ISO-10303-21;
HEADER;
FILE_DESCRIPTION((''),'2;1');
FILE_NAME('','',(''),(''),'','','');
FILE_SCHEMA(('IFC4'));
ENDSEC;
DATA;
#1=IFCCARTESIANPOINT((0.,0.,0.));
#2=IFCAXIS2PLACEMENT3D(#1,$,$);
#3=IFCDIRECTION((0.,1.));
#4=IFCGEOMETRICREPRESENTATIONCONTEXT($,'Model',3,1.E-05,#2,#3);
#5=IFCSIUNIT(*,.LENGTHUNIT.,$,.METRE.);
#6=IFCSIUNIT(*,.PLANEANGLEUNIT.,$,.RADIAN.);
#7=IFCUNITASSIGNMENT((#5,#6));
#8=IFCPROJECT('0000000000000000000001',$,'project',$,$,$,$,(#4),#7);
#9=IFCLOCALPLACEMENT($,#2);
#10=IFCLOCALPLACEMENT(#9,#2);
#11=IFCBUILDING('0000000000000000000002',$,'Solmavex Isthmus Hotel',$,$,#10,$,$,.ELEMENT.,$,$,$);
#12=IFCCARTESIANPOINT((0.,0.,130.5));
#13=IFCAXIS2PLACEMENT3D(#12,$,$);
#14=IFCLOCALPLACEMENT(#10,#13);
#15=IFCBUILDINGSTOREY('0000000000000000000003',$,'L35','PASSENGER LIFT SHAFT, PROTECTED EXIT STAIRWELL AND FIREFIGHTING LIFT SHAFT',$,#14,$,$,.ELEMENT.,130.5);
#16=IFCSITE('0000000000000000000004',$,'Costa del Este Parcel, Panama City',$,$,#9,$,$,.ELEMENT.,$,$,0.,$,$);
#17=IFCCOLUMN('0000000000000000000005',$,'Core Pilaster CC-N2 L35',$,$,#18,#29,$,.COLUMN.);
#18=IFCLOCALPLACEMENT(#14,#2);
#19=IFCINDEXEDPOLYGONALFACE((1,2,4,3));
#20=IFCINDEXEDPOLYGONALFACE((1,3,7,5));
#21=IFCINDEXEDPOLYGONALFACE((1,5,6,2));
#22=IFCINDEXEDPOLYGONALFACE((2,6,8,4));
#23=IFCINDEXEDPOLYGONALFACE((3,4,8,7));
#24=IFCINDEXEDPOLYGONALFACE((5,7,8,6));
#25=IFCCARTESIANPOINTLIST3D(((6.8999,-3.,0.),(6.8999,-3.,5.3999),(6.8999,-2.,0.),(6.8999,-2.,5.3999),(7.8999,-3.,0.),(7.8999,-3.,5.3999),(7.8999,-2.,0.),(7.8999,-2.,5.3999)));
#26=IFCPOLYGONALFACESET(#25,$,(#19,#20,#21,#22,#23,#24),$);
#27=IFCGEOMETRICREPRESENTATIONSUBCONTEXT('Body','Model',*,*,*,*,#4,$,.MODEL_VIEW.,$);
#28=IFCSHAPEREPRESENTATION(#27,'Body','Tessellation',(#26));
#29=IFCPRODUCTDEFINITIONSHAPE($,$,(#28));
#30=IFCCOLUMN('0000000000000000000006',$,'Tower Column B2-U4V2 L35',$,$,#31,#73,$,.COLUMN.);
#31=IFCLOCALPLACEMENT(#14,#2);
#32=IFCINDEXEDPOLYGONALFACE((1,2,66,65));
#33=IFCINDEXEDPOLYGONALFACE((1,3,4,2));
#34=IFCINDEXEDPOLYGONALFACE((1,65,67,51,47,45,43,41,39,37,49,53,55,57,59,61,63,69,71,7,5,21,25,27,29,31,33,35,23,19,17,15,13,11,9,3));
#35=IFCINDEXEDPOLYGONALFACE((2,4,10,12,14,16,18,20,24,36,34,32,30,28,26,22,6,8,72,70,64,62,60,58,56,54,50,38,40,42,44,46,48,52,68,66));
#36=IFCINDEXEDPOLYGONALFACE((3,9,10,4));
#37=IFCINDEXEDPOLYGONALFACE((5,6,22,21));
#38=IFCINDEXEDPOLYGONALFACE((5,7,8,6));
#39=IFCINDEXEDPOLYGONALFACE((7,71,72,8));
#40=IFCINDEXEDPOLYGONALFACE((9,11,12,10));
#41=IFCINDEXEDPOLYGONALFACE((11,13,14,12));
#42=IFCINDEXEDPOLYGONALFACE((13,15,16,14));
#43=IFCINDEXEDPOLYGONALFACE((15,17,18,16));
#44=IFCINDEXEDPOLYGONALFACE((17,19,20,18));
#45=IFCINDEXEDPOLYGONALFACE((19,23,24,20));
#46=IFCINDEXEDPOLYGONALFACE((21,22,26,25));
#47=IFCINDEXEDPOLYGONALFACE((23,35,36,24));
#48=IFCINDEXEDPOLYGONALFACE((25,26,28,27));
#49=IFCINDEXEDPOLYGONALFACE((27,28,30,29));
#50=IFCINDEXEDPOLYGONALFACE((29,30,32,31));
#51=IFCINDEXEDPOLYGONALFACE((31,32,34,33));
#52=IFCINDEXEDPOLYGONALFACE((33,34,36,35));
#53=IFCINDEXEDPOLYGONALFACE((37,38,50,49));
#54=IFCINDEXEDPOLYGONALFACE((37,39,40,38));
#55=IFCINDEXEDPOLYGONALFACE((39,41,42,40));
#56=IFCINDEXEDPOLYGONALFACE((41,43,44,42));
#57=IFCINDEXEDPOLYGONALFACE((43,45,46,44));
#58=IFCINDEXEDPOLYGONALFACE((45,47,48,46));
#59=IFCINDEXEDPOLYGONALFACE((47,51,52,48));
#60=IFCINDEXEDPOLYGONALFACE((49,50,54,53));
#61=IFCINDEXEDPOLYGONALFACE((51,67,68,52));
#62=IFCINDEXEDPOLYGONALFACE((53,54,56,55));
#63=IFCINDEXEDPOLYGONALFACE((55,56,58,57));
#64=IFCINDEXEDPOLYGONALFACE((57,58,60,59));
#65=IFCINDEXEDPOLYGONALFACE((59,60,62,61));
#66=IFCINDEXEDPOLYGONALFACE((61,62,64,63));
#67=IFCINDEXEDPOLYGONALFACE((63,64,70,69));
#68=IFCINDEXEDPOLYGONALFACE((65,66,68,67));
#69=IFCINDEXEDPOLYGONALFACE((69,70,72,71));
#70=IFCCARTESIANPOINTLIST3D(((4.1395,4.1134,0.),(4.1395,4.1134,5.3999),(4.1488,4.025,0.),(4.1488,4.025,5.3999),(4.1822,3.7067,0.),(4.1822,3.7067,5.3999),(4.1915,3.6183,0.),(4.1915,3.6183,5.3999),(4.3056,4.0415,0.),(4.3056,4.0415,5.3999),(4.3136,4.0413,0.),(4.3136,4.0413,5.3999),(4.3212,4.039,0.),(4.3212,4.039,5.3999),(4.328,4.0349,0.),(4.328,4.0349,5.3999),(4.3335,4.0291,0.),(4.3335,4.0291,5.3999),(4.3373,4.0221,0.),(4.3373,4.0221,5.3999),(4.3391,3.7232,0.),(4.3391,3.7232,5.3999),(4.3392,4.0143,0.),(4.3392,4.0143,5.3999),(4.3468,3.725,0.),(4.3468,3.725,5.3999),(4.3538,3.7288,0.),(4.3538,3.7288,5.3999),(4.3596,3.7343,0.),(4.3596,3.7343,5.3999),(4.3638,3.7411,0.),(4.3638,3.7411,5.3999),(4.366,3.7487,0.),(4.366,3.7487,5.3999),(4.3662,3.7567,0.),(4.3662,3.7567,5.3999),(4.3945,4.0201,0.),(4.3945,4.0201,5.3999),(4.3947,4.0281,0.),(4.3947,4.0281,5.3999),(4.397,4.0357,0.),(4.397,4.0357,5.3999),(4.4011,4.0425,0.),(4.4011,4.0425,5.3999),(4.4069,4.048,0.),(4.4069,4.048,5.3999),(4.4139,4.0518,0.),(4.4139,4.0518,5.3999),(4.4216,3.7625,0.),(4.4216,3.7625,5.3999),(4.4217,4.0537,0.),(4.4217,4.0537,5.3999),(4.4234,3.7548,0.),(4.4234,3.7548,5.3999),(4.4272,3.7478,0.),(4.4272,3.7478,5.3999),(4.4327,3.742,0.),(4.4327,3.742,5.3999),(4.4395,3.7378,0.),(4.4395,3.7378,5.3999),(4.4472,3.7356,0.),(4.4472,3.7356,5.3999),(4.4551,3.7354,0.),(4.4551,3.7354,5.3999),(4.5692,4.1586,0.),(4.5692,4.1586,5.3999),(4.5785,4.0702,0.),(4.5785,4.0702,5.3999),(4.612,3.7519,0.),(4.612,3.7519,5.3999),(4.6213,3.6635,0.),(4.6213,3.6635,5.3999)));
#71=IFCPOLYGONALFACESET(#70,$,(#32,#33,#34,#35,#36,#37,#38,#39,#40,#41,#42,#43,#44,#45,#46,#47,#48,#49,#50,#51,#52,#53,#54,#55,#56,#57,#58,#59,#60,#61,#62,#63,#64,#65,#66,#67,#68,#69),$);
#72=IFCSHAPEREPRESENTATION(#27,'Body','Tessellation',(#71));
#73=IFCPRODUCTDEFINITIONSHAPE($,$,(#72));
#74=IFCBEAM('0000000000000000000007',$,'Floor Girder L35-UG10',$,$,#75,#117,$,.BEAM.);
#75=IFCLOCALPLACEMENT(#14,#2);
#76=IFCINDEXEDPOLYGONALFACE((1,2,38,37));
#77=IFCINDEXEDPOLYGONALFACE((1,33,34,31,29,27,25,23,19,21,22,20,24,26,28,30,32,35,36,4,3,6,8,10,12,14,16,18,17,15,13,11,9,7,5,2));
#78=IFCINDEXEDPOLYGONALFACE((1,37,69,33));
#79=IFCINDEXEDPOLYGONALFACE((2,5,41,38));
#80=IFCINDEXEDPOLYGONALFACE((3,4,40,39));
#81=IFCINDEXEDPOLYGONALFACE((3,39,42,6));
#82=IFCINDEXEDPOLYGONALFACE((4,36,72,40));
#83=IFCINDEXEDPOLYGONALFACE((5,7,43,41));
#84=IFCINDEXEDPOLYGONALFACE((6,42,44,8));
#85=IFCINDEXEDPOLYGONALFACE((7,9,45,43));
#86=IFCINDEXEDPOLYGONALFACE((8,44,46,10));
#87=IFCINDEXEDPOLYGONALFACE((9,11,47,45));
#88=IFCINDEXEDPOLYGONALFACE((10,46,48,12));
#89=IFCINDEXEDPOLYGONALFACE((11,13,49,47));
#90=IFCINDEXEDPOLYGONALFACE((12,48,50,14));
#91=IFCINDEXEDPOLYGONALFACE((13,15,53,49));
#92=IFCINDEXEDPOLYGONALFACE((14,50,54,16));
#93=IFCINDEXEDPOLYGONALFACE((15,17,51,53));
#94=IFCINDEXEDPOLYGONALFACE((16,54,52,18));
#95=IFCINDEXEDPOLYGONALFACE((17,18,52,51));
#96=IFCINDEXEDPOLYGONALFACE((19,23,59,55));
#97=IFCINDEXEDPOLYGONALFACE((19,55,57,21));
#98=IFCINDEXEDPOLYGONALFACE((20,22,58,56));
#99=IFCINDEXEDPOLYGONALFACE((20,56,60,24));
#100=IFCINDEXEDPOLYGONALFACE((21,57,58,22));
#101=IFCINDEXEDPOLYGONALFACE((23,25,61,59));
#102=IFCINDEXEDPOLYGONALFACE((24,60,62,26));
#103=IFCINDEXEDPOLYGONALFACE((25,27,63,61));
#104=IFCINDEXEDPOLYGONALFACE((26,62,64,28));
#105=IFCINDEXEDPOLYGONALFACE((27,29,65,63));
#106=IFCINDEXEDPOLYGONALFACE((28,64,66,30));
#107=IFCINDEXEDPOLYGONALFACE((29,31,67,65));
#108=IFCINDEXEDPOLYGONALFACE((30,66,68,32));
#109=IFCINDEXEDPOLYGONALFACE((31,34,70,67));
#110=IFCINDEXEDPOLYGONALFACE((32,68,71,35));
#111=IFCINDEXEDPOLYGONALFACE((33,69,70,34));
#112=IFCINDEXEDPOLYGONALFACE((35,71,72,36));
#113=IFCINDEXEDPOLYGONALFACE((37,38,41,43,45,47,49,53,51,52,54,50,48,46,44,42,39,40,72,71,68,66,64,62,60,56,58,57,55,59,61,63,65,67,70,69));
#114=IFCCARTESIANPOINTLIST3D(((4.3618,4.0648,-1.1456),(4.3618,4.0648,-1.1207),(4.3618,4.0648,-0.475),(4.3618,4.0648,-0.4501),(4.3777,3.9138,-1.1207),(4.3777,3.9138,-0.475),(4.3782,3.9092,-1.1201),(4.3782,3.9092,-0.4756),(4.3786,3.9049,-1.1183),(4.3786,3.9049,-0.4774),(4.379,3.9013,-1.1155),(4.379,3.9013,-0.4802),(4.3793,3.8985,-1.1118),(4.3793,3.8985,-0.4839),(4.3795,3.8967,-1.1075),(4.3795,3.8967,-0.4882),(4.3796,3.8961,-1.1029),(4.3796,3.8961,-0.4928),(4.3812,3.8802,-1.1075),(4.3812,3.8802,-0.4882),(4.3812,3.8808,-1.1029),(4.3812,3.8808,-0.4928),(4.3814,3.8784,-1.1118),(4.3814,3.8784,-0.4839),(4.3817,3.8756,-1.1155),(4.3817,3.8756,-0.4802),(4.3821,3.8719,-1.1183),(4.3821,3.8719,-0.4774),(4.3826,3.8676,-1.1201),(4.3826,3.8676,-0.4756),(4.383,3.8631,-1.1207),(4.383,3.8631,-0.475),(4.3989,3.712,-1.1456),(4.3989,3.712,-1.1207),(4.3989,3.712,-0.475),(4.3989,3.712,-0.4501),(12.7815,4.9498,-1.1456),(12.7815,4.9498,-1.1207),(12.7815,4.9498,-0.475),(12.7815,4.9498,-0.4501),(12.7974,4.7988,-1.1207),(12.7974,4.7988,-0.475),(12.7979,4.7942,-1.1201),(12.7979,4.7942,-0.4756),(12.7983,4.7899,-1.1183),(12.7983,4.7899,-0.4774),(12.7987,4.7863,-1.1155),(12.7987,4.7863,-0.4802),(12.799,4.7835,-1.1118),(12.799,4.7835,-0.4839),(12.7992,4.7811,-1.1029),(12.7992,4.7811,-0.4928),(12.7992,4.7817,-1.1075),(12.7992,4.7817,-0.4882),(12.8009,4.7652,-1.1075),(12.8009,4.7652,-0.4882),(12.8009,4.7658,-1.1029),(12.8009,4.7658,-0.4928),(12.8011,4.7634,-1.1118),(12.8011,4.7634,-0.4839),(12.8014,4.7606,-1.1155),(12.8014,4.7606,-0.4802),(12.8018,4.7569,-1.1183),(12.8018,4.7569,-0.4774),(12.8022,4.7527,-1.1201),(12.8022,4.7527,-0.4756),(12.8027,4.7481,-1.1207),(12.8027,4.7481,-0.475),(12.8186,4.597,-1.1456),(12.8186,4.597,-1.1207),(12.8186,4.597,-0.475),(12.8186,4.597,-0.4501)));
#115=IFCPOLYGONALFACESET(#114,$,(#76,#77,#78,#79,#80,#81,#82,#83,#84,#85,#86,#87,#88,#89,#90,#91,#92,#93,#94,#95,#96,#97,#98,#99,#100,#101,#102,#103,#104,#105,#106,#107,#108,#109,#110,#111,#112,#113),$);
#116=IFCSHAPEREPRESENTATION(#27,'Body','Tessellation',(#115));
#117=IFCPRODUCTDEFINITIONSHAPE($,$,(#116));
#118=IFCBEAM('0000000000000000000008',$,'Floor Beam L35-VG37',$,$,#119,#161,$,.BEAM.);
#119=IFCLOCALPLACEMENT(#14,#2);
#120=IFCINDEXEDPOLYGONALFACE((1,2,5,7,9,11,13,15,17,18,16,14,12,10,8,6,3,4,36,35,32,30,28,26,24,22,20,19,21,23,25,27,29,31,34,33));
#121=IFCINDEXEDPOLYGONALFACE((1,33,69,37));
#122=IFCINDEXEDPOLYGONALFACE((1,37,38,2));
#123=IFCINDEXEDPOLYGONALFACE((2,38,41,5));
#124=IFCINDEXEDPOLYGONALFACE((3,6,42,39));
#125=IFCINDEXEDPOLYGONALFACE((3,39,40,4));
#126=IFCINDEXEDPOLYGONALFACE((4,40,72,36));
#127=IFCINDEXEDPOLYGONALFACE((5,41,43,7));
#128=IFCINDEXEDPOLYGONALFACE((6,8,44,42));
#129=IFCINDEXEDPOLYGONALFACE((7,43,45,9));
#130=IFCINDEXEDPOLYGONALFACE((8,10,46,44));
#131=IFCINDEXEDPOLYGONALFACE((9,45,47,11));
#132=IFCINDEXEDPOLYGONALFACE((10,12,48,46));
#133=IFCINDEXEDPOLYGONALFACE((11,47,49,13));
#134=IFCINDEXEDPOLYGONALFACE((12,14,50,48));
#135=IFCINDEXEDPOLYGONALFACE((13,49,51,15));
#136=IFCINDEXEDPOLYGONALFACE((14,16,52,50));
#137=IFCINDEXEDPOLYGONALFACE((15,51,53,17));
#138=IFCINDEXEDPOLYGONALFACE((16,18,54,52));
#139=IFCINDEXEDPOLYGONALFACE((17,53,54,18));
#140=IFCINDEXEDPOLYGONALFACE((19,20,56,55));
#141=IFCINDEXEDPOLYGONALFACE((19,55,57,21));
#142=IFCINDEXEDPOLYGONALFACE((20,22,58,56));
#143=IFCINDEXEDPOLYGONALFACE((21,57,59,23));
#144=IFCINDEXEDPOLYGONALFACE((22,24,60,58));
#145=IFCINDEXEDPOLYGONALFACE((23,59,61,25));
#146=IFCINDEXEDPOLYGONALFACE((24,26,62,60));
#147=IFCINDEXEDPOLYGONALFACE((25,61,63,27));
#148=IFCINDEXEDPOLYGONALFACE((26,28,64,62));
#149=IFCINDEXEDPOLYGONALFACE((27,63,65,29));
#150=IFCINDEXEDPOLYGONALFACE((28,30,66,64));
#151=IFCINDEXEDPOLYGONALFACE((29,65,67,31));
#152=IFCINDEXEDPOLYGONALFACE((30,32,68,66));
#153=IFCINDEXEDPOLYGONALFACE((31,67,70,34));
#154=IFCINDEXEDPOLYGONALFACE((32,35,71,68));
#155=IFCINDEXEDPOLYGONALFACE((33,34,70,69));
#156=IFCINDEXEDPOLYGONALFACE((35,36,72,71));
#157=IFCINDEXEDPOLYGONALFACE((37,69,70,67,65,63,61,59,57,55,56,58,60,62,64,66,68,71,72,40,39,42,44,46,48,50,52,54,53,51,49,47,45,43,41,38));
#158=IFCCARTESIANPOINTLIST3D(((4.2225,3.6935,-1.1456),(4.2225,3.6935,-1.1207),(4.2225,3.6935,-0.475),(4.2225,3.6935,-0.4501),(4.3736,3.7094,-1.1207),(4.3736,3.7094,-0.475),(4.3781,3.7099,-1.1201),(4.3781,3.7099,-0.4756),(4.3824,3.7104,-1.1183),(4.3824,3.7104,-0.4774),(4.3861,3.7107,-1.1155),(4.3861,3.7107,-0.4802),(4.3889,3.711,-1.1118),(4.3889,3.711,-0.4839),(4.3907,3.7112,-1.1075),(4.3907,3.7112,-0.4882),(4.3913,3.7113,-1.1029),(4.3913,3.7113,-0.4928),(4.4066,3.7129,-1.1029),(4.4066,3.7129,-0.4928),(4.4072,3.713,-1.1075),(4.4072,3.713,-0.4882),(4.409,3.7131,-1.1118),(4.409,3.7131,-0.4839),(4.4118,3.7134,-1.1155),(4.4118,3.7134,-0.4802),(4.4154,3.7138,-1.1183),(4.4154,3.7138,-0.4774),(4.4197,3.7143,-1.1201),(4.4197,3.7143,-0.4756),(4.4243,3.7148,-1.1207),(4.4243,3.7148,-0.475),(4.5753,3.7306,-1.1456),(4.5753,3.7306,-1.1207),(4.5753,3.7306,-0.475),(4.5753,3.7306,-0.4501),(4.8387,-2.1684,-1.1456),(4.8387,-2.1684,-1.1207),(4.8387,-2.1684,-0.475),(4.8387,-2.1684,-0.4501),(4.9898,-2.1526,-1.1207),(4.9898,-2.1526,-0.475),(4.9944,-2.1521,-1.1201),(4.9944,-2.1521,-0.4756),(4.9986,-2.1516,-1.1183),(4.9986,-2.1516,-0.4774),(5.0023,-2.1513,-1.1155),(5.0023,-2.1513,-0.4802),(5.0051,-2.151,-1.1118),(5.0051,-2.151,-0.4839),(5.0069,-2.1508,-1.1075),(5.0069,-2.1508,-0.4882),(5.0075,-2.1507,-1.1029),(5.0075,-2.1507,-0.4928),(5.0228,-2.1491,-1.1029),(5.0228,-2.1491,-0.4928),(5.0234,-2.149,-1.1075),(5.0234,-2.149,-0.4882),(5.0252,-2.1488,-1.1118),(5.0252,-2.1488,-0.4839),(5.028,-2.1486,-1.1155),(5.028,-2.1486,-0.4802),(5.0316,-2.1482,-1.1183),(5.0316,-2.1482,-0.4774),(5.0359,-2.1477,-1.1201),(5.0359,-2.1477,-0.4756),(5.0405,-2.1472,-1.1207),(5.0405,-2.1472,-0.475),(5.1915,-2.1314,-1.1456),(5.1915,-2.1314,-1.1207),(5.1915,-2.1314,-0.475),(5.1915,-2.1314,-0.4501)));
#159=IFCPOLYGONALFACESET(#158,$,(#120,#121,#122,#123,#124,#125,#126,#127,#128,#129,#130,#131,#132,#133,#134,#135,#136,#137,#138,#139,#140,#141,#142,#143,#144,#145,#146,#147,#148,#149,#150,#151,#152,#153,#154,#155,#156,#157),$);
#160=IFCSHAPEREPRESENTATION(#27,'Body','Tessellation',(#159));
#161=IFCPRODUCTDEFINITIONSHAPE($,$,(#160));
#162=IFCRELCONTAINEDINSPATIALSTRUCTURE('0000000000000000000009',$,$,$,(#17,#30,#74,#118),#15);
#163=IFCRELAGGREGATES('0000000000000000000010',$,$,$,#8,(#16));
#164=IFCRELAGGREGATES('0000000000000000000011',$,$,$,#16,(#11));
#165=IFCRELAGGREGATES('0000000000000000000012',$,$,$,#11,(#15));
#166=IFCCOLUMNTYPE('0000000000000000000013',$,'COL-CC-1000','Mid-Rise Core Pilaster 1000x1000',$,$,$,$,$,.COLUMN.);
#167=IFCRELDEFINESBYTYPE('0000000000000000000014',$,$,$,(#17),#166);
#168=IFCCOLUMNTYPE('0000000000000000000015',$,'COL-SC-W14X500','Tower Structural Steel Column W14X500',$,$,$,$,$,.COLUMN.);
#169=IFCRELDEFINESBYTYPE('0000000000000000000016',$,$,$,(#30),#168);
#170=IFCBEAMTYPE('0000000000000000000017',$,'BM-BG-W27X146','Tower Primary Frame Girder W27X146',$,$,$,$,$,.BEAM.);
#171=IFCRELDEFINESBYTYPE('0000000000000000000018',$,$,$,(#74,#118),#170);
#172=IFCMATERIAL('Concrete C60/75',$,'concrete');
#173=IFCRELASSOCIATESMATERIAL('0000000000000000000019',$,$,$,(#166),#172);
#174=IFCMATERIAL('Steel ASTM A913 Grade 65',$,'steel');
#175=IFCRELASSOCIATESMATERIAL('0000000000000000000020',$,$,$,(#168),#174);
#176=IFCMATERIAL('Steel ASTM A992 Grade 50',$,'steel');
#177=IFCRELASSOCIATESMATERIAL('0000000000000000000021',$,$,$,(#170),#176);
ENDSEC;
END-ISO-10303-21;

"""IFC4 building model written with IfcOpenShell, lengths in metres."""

from ifc_helpers import new_model, si_unit, direction, frame, origin, origin_2d, place, context, subcontext, project, spatial, rectangle, i_section, extrude, material, material_profile, profile_set, type_object, element, save


model = new_model("IFC4")

# Units and contexts
model_context = context("Model", 3, precision=1e-05, world=origin(), true_north=direction((0.0, 1.0)))
body_context = subcontext(model_context, "Body", "Model", "MODEL_VIEW")
ifc_project = project(units=[si_unit("LENGTHUNIT", "METRE"), si_unit("PLANEANGLEUNIT", "RADIAN")], contexts=[model_context])

# Site, building, storey
site_placement = place(None, origin())
site = spatial("IfcSite", under=ifc_project, at=site_placement, Name="Costa del Este Parcel, Panama City", CompositionType="ELEMENT", RefElevation=0.0)
building_placement = place(site_placement, origin())
building = spatial("IfcBuilding", under=site, at=building_placement, Name="Solmavex Isthmus Hotel", CompositionType="ELEMENT")
storey_placement = place(building_placement, frame((0.0, 0.0, 130.5)))
storey = spatial("IfcBuildingStorey", under=building, at=storey_placement, Name="L35", Description="PASSENGER LIFT SHAFT, PROTECTED EXIT STAIRWELL AND FIREFIGHTING LIFT SHAFT", CompositionType="ELEMENT", Elevation=130.5)

# Columns
ifc_material_1 = material(Name="Concrete C60/75", Category="concrete")
ifc_material_profile_1 = material_profile(ifc_material_1, rectangle(XDim=1.0, YDim=1.0, at=origin_2d()), Name="RC1000X1000")
ifc_profile_set_1 = profile_set([ifc_material_profile_1], Name="Concrete C60/75")
column_type_1 = type_object("IfcColumnType", Name="COL-CC-1000", Description="Mid-Rise Core Pilaster 1000x1000", PredefinedType="COLUMN", material=ifc_profile_set_1)
column_1_placement = place(storey_placement, frame((7.3999, -2.5, 0.0), z_axis=(0.0, 0.0, 1.0), x_axis=(1.0, 0.0, 0.0)))
element("IfcColumn", 1, at=column_1_placement, inside=storey, type_object=column_type_1, Name="Core Pilaster CC-N2 L35", PredefinedType="COLUMN", context=body_context, shape_type="SweptSolid", body=[
    extrude(rectangle(XDim=1.0, YDim=1.0, at=origin_2d()), origin(), (0.0, 0.0, 1.0), 5.3999),
])
ifc_material_2 = material(Name="Steel ASTM A913 Grade 65", Category="steel")
ifc_material_profile_2 = material_profile(ifc_material_2, i_section(OverallWidth=0.4321, OverallDepth=0.4978, WebThickness=0.0557, FlangeThickness=0.0889, FilletRadius=0.0305, at=origin_2d()), Name="W14X500")
ifc_profile_set_2 = profile_set([ifc_material_profile_2], Name="Steel ASTM A913 Grade 65")
column_type_2 = type_object("IfcColumnType", Name="COL-SC-W14X500", Description="Tower Structural Steel Column W14X500", PredefinedType="COLUMN", material=ifc_profile_set_2)
column_2_placement = place(storey_placement, frame((4.3804, 3.8884, 0.0), z_axis=(0.0, 0.0, 1.0), x_axis=(0.994522, 0.104528, 0.0)))
element("IfcColumn", 2, at=column_2_placement, inside=storey, type_object=column_type_2, Name="Tower Column B2-U4V2 L35", PredefinedType="COLUMN", context=body_context, shape_type="SweptSolid", body=[
    extrude(i_section(OverallWidth=0.4321, OverallDepth=0.4978, WebThickness=0.0557, FlangeThickness=0.0889, FilletRadius=0.0305, at=origin_2d()), origin(), (0.0, 0.0, 1.0), 5.3999),
])

# Beams
ifc_material_3 = material(Name="Steel ASTM A992 Grade 50", Category="steel")
ifc_material_profile_3 = material_profile(ifc_material_3, i_section(OverallWidth=0.3547, OverallDepth=0.6956, WebThickness=0.0154, FlangeThickness=0.0249, FilletRadius=0.0178, at=origin_2d()), Name="W27X146")
ifc_profile_set_3 = profile_set([ifc_material_profile_3], Name="Steel ASTM A992 Grade 50")
beam_type_1 = type_object("IfcBeamType", Name="BM-BG-W27X146", Description="Tower Primary Frame Girder W27X146", PredefinedType="BEAM", material=ifc_profile_set_3)
beam_1_placement = place(storey_placement, frame((4.3804, 3.8884, -0.7979), z_axis=(0.994521, 0.104536, 0.0), x_axis=(-0.104536, 0.994521, 0.0)))
element("IfcBeam", 3, at=beam_1_placement, inside=storey, type_object=beam_type_1, Name="Floor Girder L35-UG10", PredefinedType="BEAM", context=body_context, shape_type="SweptSolid", body=[
    extrude(i_section(OverallWidth=0.3547, OverallDepth=0.6956, WebThickness=0.0154, FlangeThickness=0.0249, FilletRadius=0.0178, at=origin_2d()), origin(), (0.0, 0.0, 1.0), 8.4661),
])
beam_2_placement = place(storey_placement, frame((5.0151, -2.1499, -0.7979), z_axis=(-0.104542, 0.99452, 0.0), x_axis=(-0.99452, -0.104542, 0.0)))
element("IfcBeam", 4, at=beam_2_placement, inside=storey, type_object=beam_type_1, Name="Floor Beam L35-VG37", PredefinedType="BEAM", context=body_context, shape_type="SweptSolid", body=[
    extrude(i_section(OverallWidth=0.3547, OverallDepth=0.6956, WebThickness=0.0154, FlangeThickness=0.0249, FilletRadius=0.0178, at=origin_2d()), origin(), (0.0, 0.0, 1.0), 5.8943),
])

save(model, "model.ifc")
